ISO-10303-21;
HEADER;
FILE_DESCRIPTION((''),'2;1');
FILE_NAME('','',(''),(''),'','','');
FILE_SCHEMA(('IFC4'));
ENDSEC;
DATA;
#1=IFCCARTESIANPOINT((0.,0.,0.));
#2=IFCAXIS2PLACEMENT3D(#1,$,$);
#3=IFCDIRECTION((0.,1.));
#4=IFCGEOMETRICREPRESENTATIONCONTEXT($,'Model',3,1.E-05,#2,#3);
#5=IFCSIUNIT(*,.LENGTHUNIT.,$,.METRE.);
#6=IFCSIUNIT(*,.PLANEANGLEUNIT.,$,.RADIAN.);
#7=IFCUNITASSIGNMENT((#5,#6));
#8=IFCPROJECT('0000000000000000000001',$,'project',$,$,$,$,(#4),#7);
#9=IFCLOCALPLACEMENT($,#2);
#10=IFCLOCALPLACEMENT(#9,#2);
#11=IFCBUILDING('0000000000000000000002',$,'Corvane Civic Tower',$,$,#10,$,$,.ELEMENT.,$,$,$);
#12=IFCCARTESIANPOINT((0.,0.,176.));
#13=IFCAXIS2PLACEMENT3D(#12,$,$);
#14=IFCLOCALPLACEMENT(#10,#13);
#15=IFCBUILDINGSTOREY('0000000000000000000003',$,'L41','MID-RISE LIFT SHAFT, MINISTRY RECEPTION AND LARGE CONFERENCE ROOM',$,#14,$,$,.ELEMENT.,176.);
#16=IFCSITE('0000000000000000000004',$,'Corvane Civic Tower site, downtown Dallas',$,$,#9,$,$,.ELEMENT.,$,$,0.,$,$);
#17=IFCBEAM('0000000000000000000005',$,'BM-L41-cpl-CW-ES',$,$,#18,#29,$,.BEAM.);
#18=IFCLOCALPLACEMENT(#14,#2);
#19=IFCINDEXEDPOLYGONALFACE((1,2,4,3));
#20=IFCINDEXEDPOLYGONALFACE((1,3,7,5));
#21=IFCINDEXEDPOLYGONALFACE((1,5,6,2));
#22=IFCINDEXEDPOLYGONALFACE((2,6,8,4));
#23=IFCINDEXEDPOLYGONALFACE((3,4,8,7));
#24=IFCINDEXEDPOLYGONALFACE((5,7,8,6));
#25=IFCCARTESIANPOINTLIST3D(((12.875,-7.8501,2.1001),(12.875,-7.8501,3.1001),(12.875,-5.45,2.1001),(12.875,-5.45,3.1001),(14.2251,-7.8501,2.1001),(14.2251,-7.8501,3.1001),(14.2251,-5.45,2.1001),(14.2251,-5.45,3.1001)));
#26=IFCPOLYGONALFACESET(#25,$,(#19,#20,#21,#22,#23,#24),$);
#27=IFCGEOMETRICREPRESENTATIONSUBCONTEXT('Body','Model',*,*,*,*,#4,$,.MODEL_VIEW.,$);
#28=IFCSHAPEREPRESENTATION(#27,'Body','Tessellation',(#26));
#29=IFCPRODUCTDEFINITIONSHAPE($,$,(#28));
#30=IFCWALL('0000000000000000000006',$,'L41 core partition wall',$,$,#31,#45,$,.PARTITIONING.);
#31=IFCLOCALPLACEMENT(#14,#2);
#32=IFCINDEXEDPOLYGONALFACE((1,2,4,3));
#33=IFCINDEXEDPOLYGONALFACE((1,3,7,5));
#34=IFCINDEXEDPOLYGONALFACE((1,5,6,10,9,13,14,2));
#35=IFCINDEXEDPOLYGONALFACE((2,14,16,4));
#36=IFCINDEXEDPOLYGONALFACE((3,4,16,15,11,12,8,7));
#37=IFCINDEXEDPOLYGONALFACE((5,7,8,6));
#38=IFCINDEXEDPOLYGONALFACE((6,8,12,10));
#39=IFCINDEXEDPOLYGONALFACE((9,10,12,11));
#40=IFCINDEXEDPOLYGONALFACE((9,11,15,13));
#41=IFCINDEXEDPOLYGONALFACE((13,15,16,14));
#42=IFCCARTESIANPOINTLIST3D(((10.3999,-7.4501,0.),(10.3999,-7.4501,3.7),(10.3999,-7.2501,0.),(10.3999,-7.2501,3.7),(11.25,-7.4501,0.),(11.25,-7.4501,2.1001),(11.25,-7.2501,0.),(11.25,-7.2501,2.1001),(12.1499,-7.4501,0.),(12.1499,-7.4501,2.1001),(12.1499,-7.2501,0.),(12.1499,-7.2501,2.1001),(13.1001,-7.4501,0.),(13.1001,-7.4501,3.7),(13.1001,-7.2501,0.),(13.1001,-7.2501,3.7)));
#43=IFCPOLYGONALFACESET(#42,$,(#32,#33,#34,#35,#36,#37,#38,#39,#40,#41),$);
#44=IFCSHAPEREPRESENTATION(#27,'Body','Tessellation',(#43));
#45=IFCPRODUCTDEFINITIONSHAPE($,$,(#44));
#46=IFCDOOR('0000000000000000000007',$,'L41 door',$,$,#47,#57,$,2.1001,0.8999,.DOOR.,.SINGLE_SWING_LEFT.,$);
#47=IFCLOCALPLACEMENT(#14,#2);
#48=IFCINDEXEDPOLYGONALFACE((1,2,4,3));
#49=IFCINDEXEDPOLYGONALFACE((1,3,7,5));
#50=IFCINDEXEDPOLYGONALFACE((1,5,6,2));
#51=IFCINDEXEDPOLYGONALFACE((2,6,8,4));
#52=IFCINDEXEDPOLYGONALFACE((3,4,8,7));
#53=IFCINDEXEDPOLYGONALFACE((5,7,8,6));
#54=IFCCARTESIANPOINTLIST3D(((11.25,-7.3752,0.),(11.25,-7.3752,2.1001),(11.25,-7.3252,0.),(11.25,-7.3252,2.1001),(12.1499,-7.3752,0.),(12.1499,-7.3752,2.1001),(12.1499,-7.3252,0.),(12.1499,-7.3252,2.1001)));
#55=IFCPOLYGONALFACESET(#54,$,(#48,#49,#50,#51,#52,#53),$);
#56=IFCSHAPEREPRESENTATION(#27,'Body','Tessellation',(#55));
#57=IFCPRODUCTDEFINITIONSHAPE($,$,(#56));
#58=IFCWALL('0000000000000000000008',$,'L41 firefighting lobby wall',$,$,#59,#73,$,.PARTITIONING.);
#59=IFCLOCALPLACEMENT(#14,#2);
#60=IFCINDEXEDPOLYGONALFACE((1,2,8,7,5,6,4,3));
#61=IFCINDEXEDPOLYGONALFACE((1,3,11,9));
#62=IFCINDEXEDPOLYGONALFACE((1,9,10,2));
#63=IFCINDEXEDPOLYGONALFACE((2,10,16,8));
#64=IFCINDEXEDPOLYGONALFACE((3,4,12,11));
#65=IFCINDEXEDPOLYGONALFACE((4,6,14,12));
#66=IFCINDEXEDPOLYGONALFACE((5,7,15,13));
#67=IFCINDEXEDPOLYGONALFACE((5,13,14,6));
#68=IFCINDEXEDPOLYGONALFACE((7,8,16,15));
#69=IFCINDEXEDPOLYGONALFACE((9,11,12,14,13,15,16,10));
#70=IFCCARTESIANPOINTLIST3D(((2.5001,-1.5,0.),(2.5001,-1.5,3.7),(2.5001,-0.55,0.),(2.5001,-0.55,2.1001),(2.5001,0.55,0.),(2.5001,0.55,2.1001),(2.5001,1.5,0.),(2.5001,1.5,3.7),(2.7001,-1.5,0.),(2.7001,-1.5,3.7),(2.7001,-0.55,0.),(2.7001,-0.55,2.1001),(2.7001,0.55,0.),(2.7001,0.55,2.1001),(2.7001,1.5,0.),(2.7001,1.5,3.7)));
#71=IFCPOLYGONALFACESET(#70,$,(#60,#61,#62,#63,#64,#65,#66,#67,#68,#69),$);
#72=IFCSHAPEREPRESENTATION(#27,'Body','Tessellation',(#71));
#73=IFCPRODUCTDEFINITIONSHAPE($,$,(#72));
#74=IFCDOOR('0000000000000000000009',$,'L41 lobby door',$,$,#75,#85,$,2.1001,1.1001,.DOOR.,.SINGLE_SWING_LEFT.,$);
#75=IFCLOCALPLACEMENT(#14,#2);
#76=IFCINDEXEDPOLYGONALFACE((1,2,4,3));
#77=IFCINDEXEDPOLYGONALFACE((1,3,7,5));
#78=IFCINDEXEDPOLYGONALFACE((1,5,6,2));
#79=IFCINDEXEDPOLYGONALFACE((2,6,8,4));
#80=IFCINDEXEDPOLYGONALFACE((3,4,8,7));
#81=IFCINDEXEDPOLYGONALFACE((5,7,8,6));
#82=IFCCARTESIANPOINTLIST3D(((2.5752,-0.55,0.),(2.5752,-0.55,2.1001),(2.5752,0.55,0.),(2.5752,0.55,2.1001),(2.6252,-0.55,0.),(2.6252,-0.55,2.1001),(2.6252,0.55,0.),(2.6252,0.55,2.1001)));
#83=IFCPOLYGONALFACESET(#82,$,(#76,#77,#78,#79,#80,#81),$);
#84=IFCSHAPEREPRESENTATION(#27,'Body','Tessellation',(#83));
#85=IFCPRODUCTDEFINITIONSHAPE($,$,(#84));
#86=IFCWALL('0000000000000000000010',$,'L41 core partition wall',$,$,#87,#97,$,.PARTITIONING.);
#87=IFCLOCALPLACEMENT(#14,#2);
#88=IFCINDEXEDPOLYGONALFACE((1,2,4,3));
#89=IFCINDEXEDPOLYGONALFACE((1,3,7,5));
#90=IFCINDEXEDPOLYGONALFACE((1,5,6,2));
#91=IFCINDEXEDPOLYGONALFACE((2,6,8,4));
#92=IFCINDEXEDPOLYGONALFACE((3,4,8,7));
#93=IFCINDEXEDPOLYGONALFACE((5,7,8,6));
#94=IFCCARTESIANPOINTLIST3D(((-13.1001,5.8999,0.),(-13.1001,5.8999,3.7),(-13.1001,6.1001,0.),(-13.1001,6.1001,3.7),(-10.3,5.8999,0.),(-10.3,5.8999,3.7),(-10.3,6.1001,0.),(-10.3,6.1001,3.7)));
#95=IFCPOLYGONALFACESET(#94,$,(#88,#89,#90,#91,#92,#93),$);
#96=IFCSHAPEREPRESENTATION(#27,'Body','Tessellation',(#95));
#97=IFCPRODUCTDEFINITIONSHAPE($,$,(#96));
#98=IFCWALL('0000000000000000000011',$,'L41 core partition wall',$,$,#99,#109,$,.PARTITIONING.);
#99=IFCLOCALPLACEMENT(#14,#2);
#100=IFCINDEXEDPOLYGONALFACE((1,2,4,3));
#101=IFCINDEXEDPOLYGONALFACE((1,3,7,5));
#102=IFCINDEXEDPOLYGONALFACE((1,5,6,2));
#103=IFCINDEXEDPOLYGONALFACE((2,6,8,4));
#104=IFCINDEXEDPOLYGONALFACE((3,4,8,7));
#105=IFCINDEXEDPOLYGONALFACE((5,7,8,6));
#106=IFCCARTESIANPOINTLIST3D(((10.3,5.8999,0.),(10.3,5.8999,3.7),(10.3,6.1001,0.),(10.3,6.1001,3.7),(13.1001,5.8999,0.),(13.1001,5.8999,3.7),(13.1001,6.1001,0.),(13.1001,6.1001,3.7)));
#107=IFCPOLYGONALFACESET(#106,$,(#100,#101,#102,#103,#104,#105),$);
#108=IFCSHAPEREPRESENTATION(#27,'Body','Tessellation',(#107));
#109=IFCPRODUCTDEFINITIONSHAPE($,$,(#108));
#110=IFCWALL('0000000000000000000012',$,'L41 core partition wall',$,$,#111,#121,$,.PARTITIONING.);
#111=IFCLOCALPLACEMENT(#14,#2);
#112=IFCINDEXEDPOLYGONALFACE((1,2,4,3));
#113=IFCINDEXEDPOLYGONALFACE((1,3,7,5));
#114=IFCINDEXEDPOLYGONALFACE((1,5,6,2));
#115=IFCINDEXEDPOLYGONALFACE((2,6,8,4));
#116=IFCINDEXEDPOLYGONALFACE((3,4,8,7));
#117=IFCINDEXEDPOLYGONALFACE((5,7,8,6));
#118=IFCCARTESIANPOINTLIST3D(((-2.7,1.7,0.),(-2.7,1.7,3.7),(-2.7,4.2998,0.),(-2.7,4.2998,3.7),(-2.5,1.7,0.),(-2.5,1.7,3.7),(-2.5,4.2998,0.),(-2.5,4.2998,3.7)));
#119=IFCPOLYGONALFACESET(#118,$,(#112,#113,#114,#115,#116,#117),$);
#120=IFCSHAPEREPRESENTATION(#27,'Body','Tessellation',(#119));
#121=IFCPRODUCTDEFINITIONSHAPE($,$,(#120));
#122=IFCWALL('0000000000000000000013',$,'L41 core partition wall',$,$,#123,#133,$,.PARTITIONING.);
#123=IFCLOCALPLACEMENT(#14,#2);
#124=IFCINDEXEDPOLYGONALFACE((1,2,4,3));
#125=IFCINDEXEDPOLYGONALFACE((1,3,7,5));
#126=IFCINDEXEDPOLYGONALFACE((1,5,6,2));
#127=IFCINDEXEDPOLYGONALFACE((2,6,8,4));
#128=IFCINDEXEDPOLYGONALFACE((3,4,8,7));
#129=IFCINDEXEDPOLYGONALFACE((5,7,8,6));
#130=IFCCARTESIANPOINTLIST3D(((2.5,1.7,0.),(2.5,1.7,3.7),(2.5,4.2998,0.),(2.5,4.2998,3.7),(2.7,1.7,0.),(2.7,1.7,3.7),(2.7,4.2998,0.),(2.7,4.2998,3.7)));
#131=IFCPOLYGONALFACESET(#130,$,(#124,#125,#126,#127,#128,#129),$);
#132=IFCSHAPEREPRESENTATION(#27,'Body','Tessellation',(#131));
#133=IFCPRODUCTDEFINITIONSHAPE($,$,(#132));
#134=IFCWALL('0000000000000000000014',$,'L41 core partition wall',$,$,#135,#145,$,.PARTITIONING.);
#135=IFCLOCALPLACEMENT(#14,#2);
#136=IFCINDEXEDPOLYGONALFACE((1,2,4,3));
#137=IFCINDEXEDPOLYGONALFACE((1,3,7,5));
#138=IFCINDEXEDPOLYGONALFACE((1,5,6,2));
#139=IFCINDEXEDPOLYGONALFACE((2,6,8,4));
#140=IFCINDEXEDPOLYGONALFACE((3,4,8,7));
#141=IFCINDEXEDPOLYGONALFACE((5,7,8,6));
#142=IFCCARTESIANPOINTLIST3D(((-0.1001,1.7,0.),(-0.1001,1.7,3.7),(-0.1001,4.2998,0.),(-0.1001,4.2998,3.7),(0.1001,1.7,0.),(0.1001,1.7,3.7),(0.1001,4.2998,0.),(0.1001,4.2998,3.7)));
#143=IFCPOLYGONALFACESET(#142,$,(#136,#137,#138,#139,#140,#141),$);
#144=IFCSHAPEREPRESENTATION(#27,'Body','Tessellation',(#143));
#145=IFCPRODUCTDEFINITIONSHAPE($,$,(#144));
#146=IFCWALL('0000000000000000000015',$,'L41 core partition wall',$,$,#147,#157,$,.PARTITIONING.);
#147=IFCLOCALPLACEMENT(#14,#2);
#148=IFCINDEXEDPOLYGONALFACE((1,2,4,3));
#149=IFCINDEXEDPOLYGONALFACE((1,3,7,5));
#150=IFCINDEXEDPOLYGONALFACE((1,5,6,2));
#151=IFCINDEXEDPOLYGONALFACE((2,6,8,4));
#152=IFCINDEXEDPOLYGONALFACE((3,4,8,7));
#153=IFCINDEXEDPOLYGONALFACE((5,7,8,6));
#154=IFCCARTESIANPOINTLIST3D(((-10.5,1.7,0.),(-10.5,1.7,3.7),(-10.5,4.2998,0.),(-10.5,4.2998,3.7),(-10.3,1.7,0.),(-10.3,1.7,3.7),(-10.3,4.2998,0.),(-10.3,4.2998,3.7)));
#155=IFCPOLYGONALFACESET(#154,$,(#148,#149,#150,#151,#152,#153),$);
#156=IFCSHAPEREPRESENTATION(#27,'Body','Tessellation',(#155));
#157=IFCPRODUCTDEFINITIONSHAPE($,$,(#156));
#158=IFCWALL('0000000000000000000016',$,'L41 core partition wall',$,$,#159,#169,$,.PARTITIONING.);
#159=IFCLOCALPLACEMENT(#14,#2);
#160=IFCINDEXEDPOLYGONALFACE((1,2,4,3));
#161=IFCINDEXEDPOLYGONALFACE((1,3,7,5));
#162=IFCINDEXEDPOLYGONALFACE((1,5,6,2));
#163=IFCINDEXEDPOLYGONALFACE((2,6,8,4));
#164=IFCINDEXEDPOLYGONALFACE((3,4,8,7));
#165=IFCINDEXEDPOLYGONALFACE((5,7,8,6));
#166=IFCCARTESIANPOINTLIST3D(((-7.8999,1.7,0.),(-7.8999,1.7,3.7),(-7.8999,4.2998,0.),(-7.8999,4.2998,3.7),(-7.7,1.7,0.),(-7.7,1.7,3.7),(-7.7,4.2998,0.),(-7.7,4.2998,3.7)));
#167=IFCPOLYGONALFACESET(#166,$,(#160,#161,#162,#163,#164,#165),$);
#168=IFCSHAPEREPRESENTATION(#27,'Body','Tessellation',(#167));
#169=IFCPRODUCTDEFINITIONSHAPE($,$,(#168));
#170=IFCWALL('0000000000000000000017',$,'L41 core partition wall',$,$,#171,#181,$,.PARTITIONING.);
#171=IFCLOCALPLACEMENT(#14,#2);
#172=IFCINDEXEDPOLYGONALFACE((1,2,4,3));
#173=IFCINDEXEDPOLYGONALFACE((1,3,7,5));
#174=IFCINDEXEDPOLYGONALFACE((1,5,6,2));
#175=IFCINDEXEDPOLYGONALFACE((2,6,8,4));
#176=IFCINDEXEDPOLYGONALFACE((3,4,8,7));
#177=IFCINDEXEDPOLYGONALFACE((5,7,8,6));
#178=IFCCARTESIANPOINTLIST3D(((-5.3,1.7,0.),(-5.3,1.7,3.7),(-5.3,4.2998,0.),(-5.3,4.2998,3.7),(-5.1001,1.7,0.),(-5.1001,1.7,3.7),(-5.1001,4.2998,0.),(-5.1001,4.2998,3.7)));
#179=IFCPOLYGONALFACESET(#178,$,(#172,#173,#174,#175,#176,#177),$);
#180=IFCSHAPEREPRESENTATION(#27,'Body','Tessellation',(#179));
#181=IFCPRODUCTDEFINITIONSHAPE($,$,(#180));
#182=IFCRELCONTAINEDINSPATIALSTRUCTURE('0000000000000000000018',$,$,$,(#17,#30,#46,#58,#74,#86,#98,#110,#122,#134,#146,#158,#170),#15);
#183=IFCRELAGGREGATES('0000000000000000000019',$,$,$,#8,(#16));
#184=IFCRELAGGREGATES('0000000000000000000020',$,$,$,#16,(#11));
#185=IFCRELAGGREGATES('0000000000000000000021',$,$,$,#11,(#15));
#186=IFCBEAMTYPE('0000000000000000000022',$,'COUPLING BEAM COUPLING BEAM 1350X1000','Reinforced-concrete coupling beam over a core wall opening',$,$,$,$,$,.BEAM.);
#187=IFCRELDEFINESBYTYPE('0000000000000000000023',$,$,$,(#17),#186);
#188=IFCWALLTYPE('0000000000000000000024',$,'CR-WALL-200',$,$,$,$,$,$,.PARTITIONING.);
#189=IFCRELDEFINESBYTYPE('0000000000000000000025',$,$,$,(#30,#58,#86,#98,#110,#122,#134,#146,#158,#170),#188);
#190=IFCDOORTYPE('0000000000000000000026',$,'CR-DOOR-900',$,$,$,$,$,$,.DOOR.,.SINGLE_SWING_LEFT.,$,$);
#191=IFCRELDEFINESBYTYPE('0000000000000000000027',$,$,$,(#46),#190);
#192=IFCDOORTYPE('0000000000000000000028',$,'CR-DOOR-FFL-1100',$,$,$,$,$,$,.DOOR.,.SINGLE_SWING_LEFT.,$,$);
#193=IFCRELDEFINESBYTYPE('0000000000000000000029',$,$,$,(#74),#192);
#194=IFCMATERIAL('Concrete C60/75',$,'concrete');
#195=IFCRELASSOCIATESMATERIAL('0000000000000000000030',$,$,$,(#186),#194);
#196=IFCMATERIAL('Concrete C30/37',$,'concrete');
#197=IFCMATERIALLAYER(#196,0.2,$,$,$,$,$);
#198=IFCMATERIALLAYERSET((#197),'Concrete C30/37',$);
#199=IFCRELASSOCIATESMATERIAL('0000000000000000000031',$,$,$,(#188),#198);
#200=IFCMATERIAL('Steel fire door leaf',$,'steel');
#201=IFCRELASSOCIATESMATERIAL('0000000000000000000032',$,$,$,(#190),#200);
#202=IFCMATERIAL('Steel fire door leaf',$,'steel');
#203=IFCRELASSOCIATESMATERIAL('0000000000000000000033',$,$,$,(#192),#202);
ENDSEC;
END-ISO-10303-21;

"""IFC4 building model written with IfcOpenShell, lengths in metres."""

from ifc_helpers import new_model, si_unit, direction, frame, frame_2d, origin, origin_2d, place, context, subcontext, project, spatial, polyline, rectangle, outline, extrude, material, layer, layer_set, material_profile, profile_set, type_object, element, fill, save


model = new_model("IFC4")

# Units and contexts
model_context = context("Model", 3, precision=1e-05, world=origin(), true_north=direction((0.0, 1.0)))
body_context = subcontext(model_context, "Body", "Model", "MODEL_VIEW")
ifc_project = project(units=[si_unit("LENGTHUNIT", "METRE"), si_unit("PLANEANGLEUNIT", "RADIAN")], contexts=[model_context])

# Site, building, storey
site_placement = place(None, origin())
site = spatial("IfcSite", under=ifc_project, at=site_placement, Name="Corvane Civic Tower site, downtown Dallas", CompositionType="ELEMENT", RefElevation=0.0)
building_placement = place(site_placement, origin())
building = spatial("IfcBuilding", under=site, at=building_placement, Name="Corvane Civic Tower", CompositionType="ELEMENT")
storey_placement = place(building_placement, frame((0.0, 0.0, 176.0)))
storey = spatial("IfcBuildingStorey", under=building, at=storey_placement, Name="L41", Description="MID-RISE LIFT SHAFT, MINISTRY RECEPTION AND LARGE CONFERENCE ROOM", CompositionType="ELEMENT", Elevation=176.0)

# Beam
ifc_material_1 = material(Name="Concrete C60/75", Category="concrete")
ifc_material_profile = material_profile(ifc_material_1, rectangle(XDim=1.3501, YDim=1.0, at=origin_2d()), Name="COUPLING BEAM 1350X1000")
ifc_profile_set = profile_set([ifc_material_profile], Name="Concrete C60/75")
beam_type = type_object("IfcBeamType", Name="COUPLING BEAM COUPLING BEAM 1350X1000", Description="Reinforced-concrete coupling beam over a core wall opening", PredefinedType="BEAM", material=ifc_profile_set)
beam_placement = place(storey_placement, frame((13.55, -7.8501, 2.6001), z_axis=(0.0, 1.0, 0.0), x_axis=(-1.0, 0.0, 0.0)))
element("IfcBeam", 1, at=beam_placement, inside=storey, type_object=beam_type, Name="BM-L41-cpl-CW-ES", PredefinedType="BEAM", context=body_context, shape_type="SweptSolid", body=[
    extrude(rectangle(XDim=1.3501, YDim=1.0, at=origin_2d()), origin(), (0.0, 0.0, 1.0), 2.4001),
])

# Walls, openings, doors
ifc_material_2 = material(Name="Concrete C30/37", Category="concrete")
ifc_layer_1 = layer(ifc_material_2, 0.2)
ifc_layer_set_1 = layer_set([ifc_layer_1], Name="Concrete C30/37")
wall_type_1 = type_object("IfcWallType", Name="CR-WALL-200", PredefinedType="PARTITIONING", material=ifc_layer_set_1)
wall_1_placement = place(storey_placement, frame((10.3999, -7.3501, 0.0), z_axis=(0.0, 0.0, 1.0), x_axis=(1.0, 0.0, 0.0)))
wall_1 = element("IfcWall", 2, at=wall_1_placement, inside=storey, type_object=wall_type_1, Name="L41 core partition wall", PredefinedType="PARTITIONING", context=body_context, shape_type="SweptSolid", body=[
    extrude(rectangle(XDim=2.7002, YDim=0.2, at=frame_2d((1.3501, 0.0))), origin(), (0.0, 0.0, 1.0), 3.7),
])
opening_1_placement = place(wall_1_placement, frame((0.8501, 0.0, 0.0)))
opening_1 = element("IfcOpeningElement", 3, at=opening_1_placement, cuts=wall_1, PredefinedType="OPENING", context=body_context, shape_type="SweptSolid", body=[
    extrude(rectangle(XDim=0.8999, YDim=2.1001, at=frame_2d((0.45, 1.05))), frame((0.0, 0.1099, 0.0), z_axis=(0.0, -1.0, 0.0), x_axis=(1.0, 0.0, 0.0)), (0.0, 0.0, 1.0), 0.22),
])
ifc_material_3 = material(Name="Steel fire door leaf", Category="steel")
door_type_1 = type_object("IfcDoorType", Name="CR-DOOR-900", OperationType="SINGLE_SWING_LEFT", PredefinedType="DOOR", material=ifc_material_3)
door_1_placement = place(opening_1_placement, origin())
door_1 = element("IfcDoor", 4, at=door_1_placement, inside=storey, type_object=door_type_1, Name="L41 door", OperationType="SINGLE_SWING_LEFT", OverallHeight=2.1001, OverallWidth=0.8999, PredefinedType="DOOR", context=body_context, shape_type="SweptSolid", body=[
    extrude(rectangle(XDim=0.8999, YDim=2.1001, at=frame_2d((0.45, 1.05))), frame((0.0, 0.0249, 0.0), z_axis=(0.0, -1.0, 0.0), x_axis=(1.0, 0.0, 0.0)), (0.0, 0.0, 1.0), 0.05),
])
fill(opening_1, door_1)
wall_2_placement = place(storey_placement, frame((2.6001, -1.5, 0.0), z_axis=(0.0, 0.0, 1.0), x_axis=(0.0, 1.0, 0.0)))
wall_2 = element("IfcWall", 5, at=wall_2_placement, inside=storey, type_object=wall_type_1, Name="L41 firefighting lobby wall", PredefinedType="PARTITIONING", context=body_context, shape_type="SweptSolid", body=[
    extrude(rectangle(XDim=3.0, YDim=0.2, at=frame_2d((1.5, 0.0))), origin(), (0.0, 0.0, 1.0), 3.7),
])
opening_2_placement = place(wall_2_placement, frame((0.95, 0.0, 0.0)))
opening_2 = element("IfcOpeningElement", 6, at=opening_2_placement, cuts=wall_2, PredefinedType="OPENING", context=body_context, shape_type="SweptSolid", body=[
    extrude(rectangle(XDim=1.1001, YDim=2.1001, at=frame_2d((0.55, 1.05))), frame((0.0, 0.1099, 0.0), z_axis=(0.0, -1.0, 0.0), x_axis=(1.0, 0.0, 0.0)), (0.0, 0.0, 1.0), 0.22),
])
ifc_material_4 = material(Name="Steel fire door leaf", Category="steel")
door_type_2 = type_object("IfcDoorType", Name="CR-DOOR-FFL-1100", OperationType="SINGLE_SWING_LEFT", PredefinedType="DOOR", material=ifc_material_4)
door_2_placement = place(opening_2_placement, origin())
door_2 = element("IfcDoor", 7, at=door_2_placement, inside=storey, type_object=door_type_2, Name="L41 lobby door", OperationType="SINGLE_SWING_LEFT", OverallHeight=2.1001, OverallWidth=1.1001, PredefinedType="DOOR", context=body_context, shape_type="SweptSolid", body=[
    extrude(rectangle(XDim=1.1001, YDim=2.1001, at=frame_2d((0.55, 1.05))), frame((0.0, 0.0249, 0.0), z_axis=(0.0, -1.0, 0.0), x_axis=(1.0, 0.0, 0.0)), (0.0, 0.0, 1.0), 0.05),
])
fill(opening_2, door_2)

# Walls
wall_3_placement = place(storey_placement, origin())
element("IfcWall", 8, at=wall_3_placement, inside=storey, type_object=wall_type_1, Name="L41 core partition wall", PredefinedType="PARTITIONING", context=body_context, shape_type="SweptSolid", body=[
    extrude(outline(polyline([(-10.3, 5.8999), (-13.1001, 5.8999), (-13.1001, 6.1001), (-10.3, 6.1001), (-10.3, 5.8999)])), origin(), (0.0, 0.0, 1.0), 3.7),
])
wall_4_placement = place(storey_placement, origin())
element("IfcWall", 9, at=wall_4_placement, inside=storey, type_object=wall_type_1, Name="L41 core partition wall", PredefinedType="PARTITIONING", context=body_context, shape_type="SweptSolid", body=[
    extrude(outline(polyline([(13.1001, 5.8999), (10.3, 5.8999), (10.3, 6.1001), (13.1001, 6.1001), (13.1001, 5.8999)])), origin(), (0.0, 0.0, 1.0), 3.7),
])
wall_5_placement = place(storey_placement, origin())
element("IfcWall", 10, at=wall_5_placement, inside=storey, type_object=wall_type_1, Name="L41 core partition wall", PredefinedType="PARTITIONING", context=body_context, shape_type="SweptSolid", body=[
    extrude(outline(polyline([(-2.5, 1.7), (-2.7, 1.7), (-2.7, 4.2998), (-2.5, 4.2998), (-2.5, 1.7)])), origin(), (0.0, 0.0, 1.0), 3.7),
])
wall_6_placement = place(storey_placement, origin())
element("IfcWall", 11, at=wall_6_placement, inside=storey, type_object=wall_type_1, Name="L41 core partition wall", PredefinedType="PARTITIONING", context=body_context, shape_type="SweptSolid", body=[
    extrude(outline(polyline([(2.7, 1.7), (2.5, 1.7), (2.5, 4.2998), (2.7, 4.2998), (2.7, 1.7)])), origin(), (0.0, 0.0, 1.0), 3.7),
])
wall_7_placement = place(storey_placement, origin())
element("IfcWall", 12, at=wall_7_placement, inside=storey, type_object=wall_type_1, Name="L41 core partition wall", PredefinedType="PARTITIONING", context=body_context, shape_type="SweptSolid", body=[
    extrude(outline(polyline([(0.1001, 1.7), (-0.1001, 1.7), (-0.1001, 4.2998), (0.1001, 4.2998), (0.1001, 1.7)])), origin(), (0.0, 0.0, 1.0), 3.7),
])
wall_8_placement = place(storey_placement, origin())
element("IfcWall", 13, at=wall_8_placement, inside=storey, type_object=wall_type_1, Name="L41 core partition wall", PredefinedType="PARTITIONING", context=body_context, shape_type="SweptSolid", body=[
    extrude(outline(polyline([(-10.3, 1.7), (-10.5, 1.7), (-10.5, 4.2998), (-10.3, 4.2998), (-10.3, 1.7)])), origin(), (0.0, 0.0, 1.0), 3.7),
])
wall_9_placement = place(storey_placement, origin())
element("IfcWall", 14, at=wall_9_placement, inside=storey, type_object=wall_type_1, Name="L41 core partition wall", PredefinedType="PARTITIONING", context=body_context, shape_type="SweptSolid", body=[
    extrude(outline(polyline([(-7.7, 1.7), (-7.8999, 1.7), (-7.8999, 4.2998), (-7.7, 4.2998), (-7.7, 1.7)])), origin(), (0.0, 0.0, 1.0), 3.7),
])
wall_10_placement = place(storey_placement, origin())
element("IfcWall", 15, at=wall_10_placement, inside=storey, type_object=wall_type_1, Name="L41 core partition wall", PredefinedType="PARTITIONING", context=body_context, shape_type="SweptSolid", body=[
    extrude(outline(polyline([(-5.1001, 1.7), (-5.3, 1.7), (-5.3, 4.2998), (-5.1001, 4.2998), (-5.1001, 1.7)])), origin(), (0.0, 0.0, 1.0), 3.7),
])

save(model, "model.ifc")
